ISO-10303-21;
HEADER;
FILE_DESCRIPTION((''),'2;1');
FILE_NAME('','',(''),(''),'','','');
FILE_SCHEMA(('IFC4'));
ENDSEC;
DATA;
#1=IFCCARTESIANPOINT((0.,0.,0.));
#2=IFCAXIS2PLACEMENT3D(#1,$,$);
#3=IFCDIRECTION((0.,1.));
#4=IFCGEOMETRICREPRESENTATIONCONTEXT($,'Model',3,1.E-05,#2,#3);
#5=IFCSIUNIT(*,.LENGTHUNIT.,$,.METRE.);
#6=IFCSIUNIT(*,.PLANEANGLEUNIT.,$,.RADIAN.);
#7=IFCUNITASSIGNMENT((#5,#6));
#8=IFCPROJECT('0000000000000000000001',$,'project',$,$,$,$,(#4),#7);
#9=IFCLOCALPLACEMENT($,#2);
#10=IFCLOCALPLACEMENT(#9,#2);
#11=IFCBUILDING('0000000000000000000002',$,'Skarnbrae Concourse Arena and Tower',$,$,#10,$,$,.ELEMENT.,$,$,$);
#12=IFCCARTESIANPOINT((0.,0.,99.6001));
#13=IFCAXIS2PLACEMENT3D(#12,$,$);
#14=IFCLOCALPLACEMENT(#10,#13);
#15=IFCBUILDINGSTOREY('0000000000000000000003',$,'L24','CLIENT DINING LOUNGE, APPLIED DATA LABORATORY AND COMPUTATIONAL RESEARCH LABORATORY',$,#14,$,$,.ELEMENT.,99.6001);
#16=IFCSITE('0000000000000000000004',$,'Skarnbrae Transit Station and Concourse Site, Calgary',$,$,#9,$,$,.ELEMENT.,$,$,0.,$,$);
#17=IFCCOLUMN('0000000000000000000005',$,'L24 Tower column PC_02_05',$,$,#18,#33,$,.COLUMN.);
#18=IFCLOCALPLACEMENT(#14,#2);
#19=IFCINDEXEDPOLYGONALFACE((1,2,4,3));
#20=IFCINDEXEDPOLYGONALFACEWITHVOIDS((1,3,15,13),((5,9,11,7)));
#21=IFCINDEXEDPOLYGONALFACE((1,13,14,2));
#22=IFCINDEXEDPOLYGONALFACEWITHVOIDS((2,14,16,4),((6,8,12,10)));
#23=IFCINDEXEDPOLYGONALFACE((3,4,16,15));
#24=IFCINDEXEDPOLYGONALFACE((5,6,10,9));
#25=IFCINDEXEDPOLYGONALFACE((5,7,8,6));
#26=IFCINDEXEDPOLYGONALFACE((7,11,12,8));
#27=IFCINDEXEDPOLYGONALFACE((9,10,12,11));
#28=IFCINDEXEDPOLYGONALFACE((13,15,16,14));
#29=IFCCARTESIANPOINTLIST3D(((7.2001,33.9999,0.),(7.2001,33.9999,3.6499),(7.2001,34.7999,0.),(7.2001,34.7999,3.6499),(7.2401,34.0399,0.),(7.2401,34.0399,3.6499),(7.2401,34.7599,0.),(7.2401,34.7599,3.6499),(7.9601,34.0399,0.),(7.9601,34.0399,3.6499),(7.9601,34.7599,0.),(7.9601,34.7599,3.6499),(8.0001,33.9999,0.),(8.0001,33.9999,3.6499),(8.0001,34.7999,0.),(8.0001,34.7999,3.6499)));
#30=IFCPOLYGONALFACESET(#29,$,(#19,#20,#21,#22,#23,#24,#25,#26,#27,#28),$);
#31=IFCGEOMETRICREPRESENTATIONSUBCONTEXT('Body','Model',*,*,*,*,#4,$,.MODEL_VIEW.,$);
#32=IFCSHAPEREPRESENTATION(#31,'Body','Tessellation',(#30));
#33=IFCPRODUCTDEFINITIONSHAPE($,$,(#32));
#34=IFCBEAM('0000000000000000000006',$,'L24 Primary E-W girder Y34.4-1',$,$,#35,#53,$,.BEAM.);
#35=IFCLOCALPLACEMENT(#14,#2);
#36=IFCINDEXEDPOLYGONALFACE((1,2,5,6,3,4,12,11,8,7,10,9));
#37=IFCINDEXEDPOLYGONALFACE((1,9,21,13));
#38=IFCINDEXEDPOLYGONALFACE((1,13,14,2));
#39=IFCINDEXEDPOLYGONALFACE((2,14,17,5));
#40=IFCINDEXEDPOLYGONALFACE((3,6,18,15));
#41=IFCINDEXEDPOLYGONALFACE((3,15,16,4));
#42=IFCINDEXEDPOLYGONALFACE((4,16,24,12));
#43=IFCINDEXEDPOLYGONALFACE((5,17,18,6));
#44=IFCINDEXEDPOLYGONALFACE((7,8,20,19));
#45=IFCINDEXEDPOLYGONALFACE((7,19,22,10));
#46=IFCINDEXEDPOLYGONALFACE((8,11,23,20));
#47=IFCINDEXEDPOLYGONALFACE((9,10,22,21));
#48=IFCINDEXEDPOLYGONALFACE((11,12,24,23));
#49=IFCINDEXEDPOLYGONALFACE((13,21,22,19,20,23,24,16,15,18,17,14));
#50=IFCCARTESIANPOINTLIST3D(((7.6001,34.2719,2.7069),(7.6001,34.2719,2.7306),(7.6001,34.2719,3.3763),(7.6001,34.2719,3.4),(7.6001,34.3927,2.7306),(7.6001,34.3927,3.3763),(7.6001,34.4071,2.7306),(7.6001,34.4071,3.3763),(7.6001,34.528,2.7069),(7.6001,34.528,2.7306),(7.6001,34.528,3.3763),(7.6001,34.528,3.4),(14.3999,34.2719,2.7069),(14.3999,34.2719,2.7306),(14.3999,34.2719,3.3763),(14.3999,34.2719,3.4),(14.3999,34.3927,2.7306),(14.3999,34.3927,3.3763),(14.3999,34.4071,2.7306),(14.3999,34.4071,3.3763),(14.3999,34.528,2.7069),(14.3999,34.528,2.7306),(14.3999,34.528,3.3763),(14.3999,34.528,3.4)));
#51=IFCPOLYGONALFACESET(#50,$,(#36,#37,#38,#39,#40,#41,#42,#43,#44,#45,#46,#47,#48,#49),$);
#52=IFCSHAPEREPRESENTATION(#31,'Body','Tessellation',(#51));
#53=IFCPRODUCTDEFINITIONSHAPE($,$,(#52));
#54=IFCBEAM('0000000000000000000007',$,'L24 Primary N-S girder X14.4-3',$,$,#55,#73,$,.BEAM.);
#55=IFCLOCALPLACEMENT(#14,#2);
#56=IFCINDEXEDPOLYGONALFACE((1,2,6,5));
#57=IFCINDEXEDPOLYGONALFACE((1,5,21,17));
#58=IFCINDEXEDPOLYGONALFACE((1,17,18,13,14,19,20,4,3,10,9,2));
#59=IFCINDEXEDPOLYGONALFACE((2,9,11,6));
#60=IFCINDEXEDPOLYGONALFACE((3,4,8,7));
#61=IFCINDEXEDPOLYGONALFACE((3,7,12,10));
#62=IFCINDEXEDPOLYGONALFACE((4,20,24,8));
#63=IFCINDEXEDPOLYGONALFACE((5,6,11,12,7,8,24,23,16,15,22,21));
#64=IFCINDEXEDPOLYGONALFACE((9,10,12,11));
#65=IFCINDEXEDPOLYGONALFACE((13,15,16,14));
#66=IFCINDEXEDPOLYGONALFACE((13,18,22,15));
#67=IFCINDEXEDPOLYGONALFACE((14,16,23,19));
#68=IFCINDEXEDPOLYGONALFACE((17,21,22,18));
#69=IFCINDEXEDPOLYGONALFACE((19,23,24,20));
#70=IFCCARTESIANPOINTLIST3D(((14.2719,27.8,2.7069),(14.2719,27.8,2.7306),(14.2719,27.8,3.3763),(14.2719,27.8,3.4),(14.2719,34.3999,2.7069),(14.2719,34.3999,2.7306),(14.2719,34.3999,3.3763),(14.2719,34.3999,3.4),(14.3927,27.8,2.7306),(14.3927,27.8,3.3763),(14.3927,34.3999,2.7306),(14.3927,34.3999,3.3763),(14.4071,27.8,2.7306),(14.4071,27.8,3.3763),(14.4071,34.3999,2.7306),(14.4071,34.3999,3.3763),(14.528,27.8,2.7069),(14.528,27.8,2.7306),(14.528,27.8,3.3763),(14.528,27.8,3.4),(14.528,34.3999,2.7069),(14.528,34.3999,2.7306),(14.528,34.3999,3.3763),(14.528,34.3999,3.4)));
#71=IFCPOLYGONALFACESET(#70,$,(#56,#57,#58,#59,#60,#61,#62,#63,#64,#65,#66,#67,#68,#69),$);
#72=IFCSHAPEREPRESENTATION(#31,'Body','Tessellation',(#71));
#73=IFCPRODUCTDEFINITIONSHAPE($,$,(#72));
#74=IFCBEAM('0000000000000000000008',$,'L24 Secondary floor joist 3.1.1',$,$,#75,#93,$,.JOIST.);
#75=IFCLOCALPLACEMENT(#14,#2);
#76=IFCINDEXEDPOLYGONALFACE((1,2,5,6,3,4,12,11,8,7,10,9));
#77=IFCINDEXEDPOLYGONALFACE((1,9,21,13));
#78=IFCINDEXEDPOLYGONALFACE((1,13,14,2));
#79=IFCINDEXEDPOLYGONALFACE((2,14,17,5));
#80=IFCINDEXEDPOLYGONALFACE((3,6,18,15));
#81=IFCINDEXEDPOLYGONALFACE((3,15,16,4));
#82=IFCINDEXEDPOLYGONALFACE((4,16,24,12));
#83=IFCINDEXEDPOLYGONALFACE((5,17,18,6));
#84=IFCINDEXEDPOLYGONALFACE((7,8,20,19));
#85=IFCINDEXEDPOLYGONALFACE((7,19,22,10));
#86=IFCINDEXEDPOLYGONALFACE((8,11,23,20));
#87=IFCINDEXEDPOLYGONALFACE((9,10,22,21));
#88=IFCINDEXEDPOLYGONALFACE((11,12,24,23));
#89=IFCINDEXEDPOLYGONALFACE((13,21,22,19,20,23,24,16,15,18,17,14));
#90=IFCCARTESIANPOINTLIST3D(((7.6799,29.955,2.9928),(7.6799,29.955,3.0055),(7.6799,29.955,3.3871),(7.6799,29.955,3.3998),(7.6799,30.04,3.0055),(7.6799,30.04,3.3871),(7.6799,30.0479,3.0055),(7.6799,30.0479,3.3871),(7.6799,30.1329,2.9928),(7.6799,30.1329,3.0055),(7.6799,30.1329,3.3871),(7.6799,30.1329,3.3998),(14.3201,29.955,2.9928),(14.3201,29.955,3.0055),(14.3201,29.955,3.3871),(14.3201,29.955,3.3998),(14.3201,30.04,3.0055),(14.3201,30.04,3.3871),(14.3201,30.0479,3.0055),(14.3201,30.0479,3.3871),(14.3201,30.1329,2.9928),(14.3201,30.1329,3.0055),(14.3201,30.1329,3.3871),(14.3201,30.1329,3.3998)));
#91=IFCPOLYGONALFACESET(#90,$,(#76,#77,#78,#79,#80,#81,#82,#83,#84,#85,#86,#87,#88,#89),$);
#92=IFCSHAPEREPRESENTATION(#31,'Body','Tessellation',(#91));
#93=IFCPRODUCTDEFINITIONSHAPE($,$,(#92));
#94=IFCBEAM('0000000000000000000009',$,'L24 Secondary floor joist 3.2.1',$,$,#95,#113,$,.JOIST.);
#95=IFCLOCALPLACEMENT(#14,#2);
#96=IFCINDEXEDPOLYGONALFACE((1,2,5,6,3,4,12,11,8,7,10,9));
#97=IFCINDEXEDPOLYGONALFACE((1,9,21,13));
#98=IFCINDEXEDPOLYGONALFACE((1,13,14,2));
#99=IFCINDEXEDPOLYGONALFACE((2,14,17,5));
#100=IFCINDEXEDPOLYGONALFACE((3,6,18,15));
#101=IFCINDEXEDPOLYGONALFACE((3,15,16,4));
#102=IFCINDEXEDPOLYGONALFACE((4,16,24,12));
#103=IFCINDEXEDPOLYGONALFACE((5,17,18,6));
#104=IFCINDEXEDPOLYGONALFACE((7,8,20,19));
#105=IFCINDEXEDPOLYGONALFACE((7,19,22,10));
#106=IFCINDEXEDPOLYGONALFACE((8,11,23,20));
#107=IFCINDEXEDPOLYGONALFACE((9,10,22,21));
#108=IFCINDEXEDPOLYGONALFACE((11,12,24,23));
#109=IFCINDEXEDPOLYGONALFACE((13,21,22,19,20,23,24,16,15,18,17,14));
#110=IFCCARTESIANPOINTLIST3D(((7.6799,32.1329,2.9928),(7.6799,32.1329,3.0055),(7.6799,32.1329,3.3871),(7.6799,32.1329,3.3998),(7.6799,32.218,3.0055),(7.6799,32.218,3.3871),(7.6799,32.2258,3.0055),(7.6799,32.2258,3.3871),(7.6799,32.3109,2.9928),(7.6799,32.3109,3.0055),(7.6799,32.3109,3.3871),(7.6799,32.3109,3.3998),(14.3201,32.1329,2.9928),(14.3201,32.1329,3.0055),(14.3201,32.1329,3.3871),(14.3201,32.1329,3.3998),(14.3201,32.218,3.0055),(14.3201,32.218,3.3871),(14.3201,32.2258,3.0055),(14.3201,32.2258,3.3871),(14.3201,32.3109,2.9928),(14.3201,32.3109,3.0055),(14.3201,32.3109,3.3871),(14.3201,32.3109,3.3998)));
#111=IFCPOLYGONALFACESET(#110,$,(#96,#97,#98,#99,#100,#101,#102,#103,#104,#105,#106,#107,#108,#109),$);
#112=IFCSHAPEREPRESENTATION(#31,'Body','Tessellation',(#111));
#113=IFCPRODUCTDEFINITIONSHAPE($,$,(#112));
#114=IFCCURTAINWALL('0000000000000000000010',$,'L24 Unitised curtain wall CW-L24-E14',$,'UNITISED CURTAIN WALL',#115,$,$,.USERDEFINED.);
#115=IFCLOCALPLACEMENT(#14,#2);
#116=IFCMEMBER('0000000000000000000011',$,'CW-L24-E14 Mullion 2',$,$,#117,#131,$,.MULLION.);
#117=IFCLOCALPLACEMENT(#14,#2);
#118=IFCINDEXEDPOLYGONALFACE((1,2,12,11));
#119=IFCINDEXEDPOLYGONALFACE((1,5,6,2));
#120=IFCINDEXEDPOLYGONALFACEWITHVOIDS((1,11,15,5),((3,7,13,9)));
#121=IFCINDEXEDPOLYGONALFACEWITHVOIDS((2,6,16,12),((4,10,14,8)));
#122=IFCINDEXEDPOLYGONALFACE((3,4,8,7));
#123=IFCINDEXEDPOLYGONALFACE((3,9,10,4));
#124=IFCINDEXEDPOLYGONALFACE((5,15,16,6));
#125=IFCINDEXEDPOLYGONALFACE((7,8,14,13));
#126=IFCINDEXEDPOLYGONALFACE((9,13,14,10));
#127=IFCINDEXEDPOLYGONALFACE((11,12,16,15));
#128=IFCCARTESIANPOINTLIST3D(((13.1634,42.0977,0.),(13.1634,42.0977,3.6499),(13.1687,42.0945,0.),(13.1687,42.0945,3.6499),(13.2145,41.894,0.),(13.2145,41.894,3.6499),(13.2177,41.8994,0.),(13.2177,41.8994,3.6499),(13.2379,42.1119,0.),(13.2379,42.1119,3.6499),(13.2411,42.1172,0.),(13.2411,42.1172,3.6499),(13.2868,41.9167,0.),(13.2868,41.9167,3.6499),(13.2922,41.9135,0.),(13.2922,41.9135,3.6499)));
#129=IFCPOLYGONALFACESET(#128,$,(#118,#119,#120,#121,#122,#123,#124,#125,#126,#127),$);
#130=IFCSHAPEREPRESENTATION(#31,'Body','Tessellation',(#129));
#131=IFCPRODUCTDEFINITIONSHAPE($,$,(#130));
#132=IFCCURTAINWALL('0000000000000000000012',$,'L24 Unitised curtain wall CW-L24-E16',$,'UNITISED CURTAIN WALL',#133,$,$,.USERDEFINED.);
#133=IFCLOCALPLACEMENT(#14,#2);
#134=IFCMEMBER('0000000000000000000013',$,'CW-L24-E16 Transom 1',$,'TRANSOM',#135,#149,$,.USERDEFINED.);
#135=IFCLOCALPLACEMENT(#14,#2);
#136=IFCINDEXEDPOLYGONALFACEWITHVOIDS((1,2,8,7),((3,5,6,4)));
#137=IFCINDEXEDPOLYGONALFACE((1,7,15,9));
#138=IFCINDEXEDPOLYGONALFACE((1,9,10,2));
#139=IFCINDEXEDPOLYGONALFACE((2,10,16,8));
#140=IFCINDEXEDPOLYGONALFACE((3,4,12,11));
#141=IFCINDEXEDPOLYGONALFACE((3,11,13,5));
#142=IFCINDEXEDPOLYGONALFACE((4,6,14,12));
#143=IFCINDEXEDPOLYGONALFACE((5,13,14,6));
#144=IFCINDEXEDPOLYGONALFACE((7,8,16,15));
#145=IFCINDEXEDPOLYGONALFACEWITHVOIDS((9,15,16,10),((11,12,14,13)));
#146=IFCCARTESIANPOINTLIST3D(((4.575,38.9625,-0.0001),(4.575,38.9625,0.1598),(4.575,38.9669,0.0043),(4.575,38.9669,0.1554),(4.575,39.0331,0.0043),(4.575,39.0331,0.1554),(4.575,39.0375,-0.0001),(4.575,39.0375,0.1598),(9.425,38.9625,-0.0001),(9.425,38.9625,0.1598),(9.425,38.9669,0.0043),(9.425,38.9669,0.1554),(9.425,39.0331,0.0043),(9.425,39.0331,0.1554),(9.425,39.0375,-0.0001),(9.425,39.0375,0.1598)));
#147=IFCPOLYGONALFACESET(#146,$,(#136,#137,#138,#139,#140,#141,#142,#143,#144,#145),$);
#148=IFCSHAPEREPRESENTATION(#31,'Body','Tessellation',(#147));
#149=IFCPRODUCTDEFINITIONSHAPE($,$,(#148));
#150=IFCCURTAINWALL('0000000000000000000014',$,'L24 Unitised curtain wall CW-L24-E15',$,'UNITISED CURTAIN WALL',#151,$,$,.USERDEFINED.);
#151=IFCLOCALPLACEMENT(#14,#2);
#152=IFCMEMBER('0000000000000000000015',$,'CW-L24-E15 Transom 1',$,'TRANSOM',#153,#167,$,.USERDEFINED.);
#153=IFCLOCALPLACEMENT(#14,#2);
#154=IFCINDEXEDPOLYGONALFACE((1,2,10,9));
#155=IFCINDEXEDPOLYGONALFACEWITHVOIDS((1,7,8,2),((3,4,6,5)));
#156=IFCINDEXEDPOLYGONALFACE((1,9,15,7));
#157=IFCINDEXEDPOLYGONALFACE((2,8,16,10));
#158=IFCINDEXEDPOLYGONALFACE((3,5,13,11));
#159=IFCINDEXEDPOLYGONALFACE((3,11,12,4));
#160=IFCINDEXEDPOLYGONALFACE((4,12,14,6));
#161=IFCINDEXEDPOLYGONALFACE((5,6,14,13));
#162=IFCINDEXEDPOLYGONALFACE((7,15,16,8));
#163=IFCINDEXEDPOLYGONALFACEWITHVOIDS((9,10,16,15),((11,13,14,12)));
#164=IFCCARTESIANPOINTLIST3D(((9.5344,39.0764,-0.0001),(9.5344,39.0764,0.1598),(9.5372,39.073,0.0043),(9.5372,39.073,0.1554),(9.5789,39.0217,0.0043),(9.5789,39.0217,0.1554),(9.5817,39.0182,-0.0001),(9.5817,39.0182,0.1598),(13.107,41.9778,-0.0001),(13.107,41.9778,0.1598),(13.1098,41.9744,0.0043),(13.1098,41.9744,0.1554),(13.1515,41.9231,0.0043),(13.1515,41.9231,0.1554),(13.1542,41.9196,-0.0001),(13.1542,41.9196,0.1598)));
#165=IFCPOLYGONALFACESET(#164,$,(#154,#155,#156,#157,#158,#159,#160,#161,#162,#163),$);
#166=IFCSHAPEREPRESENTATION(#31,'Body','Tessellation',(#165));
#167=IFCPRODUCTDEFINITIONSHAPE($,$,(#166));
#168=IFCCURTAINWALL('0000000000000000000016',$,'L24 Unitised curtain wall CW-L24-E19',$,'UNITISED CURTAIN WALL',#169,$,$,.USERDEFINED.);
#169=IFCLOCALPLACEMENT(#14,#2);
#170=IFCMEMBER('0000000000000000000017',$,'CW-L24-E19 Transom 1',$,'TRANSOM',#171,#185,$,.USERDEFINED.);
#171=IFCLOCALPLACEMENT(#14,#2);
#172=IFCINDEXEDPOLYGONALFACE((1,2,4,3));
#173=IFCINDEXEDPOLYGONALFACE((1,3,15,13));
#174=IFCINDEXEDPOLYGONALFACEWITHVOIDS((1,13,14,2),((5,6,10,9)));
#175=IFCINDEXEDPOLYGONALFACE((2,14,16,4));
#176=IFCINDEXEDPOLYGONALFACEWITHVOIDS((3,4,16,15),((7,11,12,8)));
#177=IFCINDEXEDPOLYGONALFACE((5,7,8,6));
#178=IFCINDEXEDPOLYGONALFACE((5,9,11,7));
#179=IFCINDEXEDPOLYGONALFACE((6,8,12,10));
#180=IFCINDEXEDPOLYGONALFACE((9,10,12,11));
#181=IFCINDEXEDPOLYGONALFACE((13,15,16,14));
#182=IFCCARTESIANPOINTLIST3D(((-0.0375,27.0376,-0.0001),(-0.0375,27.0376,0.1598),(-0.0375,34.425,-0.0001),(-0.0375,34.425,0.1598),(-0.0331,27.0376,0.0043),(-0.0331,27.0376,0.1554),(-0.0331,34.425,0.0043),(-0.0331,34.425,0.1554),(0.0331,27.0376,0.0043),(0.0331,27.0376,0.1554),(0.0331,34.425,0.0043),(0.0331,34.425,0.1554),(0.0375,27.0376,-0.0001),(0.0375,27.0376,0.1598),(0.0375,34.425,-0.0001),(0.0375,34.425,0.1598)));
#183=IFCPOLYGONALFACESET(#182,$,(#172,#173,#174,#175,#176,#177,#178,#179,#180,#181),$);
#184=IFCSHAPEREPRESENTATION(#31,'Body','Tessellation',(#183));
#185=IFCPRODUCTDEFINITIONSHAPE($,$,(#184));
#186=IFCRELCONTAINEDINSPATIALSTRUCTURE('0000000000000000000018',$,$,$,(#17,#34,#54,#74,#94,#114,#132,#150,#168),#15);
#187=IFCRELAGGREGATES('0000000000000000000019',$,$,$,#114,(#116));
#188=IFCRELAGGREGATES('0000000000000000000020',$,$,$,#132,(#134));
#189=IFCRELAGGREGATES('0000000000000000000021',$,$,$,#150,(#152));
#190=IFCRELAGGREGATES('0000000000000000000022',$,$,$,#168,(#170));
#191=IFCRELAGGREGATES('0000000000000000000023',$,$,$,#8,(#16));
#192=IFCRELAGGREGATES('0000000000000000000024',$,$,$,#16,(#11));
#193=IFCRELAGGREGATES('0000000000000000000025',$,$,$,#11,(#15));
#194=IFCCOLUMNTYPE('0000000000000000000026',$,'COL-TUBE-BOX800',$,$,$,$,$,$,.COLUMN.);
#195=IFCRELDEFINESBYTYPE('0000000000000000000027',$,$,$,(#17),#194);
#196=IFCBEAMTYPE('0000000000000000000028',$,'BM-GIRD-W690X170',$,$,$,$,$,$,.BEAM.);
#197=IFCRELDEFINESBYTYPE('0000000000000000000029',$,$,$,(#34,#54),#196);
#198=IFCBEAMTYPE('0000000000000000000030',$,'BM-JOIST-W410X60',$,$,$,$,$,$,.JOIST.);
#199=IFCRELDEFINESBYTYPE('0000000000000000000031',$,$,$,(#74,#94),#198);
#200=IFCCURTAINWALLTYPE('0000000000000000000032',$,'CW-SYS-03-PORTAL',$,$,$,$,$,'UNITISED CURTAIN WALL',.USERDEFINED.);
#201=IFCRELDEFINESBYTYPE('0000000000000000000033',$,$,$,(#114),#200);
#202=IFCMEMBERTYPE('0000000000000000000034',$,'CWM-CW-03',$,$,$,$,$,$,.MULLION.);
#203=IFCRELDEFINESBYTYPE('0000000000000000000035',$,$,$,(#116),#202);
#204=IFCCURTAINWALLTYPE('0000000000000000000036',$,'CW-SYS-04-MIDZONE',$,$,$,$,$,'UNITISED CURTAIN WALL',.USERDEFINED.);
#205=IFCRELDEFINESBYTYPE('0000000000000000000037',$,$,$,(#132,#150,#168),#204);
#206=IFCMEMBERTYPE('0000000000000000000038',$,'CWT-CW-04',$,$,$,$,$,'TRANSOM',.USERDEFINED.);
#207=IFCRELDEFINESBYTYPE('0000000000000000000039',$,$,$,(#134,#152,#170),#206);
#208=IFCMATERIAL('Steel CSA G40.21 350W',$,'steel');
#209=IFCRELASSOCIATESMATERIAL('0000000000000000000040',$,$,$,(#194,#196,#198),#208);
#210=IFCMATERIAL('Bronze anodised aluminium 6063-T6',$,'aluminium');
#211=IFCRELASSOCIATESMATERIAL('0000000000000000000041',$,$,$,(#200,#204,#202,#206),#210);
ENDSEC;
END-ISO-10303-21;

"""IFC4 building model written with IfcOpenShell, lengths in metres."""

from ifc_helpers import new_model, si_unit, direction, frame, origin, origin_2d, place, context, subcontext, project, spatial, hollow_rectangle, i_section, extrude, source, transform, mapped, material, material_profile, profile_set, type_object, element, aggregate, save


model = new_model("IFC4")

# Units and contexts
model_context = context("Model", 3, precision=1e-05, world=origin(), true_north=direction((0.0, 1.0)))
body_context = subcontext(model_context, "Body", "Model", "MODEL_VIEW")
ifc_project = project(units=[si_unit("LENGTHUNIT", "METRE"), si_unit("PLANEANGLEUNIT", "RADIAN")], contexts=[model_context])

# Site, building, storey
site_placement = place(None, origin())
site = spatial("IfcSite", under=ifc_project, at=site_placement, Name="Skarnbrae Transit Station and Concourse Site, Calgary", CompositionType="ELEMENT", RefElevation=0.0)
building_placement = place(site_placement, origin())
building = spatial("IfcBuilding", under=site, at=building_placement, Name="Skarnbrae Concourse Arena and Tower", CompositionType="ELEMENT")
storey_placement = place(building_placement, frame((0.0, 0.0, 99.6001)))
storey = spatial("IfcBuildingStorey", under=building, at=storey_placement, Name="L24", Description="CLIENT DINING LOUNGE, APPLIED DATA LABORATORY AND COMPUTATIONAL RESEARCH LABORATORY", CompositionType="ELEMENT", Elevation=99.6001)

# Column
ifc_material_1 = material(Name="Steel CSA G40.21 350W", Category="steel")
ifc_material_profile_1 = material_profile(ifc_material_1, hollow_rectangle(XDim=0.8, YDim=0.8, WallThickness=0.04, at=origin_2d()), Name="BOX800X800X40")
ifc_profile_set_1 = profile_set([ifc_material_profile_1], Name="Steel CSA G40.21 350W")
column_type = type_object("IfcColumnType", Name="COL-TUBE-BOX800", PredefinedType="COLUMN", material=ifc_profile_set_1)
shared_shape_1 = source(origin(), body_context, "Body", "SweptSolid", [
    extrude(hollow_rectangle(XDim=0.8, YDim=0.8, WallThickness=0.04, at=origin_2d()), origin(), (0.0, 0.0, 1.0), 3.6499),
])
column_placement = place(storey_placement, frame((7.6001, 34.3999, 0.0), z_axis=(0.0, 0.0, 1.0), x_axis=(1.0, 0.0, 0.0)))
element("IfcColumn", 1, at=column_placement, inside=storey, type_object=column_type, Name="L24 Tower column PC_02_05", PredefinedType="COLUMN", context=body_context, shape_type="MappedRepresentation", body=[
    mapped(shared_shape_1, transform((0.0, 0.0, 0.0))),
])

# Beams
ifc_material_profile_2 = material_profile(ifc_material_1, i_section(OverallWidth=0.2561, OverallDepth=0.6931, WebThickness=0.0144, FlangeThickness=0.0237, at=origin_2d()), Name="W690X170")
ifc_profile_set_2 = profile_set([ifc_material_profile_2], Name="Steel CSA G40.21 350W")
beam_type_1 = type_object("IfcBeamType", Name="BM-GIRD-W690X170", PredefinedType="BEAM", material=ifc_profile_set_2)
shared_shape_2 = source(origin(), body_context, "Body", "SweptSolid", [
    extrude(i_section(OverallWidth=0.2561, OverallDepth=0.6931, WebThickness=0.0144, FlangeThickness=0.0237, at=origin_2d()), origin(), (0.0, 0.0, 1.0), 6.7998),
])
beam_1_placement = place(storey_placement, frame((7.6001, 34.3999, 3.0535), z_axis=(1.0, 0.0, 0.0), x_axis=(0.0, 1.0, 0.0)))
element("IfcBeam", 2, at=beam_1_placement, inside=storey, type_object=beam_type_1, Name="L24 Primary E-W girder Y34.4-1", PredefinedType="BEAM", context=body_context, shape_type="MappedRepresentation", body=[
    mapped(shared_shape_2, transform((0.0, 0.0, 0.0))),
])
shared_shape_3 = source(origin(), body_context, "Body", "SweptSolid", [
    extrude(i_section(OverallWidth=0.2561, OverallDepth=0.6931, WebThickness=0.0144, FlangeThickness=0.0237, at=origin_2d()), origin(), (0.0, 0.0, 1.0), 6.5999),
])
beam_2_placement = place(storey_placement, frame((14.3999, 27.8, 3.0535), z_axis=(0.0, 1.0, 0.0), x_axis=(-1.0, 0.0, 0.0)))
element("IfcBeam", 3, at=beam_2_placement, inside=storey, type_object=beam_type_1, Name="L24 Primary N-S girder X14.4-3", PredefinedType="BEAM", context=body_context, shape_type="MappedRepresentation", body=[
    mapped(shared_shape_3, transform((0.0, 0.0, 0.0))),
])
ifc_material_profile_3 = material_profile(ifc_material_1, i_section(OverallWidth=0.178, OverallDepth=0.407, WebThickness=0.0078, FlangeThickness=0.0127, at=origin_2d()), Name="W410X60")
ifc_profile_set_3 = profile_set([ifc_material_profile_3], Name="Steel CSA G40.21 350W")
beam_type_2 = type_object("IfcBeamType", Name="BM-JOIST-W410X60", PredefinedType="JOIST", material=ifc_profile_set_3)
shared_shape_4 = source(origin(), body_context, "Body", "SweptSolid", [
    extrude(i_section(OverallWidth=0.178, OverallDepth=0.407, WebThickness=0.0078, FlangeThickness=0.0127, at=origin_2d()), origin(), (0.0, 0.0, 1.0), 6.6401),
])
for number, where, z_axis, x_axis, name in (
    (4, (7.6799, 30.0439, 3.1963), (1.0, 0.0, 0.0), (0.0, 1.0, 0.0), "L24 Secondary floor joist 3.1.1"),
    (5, (7.6799, 32.2219, 3.1963), (1.0, 0.0, 0.0), (0.0, 1.0, 0.0), "L24 Secondary floor joist 3.2.1"),
):
    element("IfcBeam", number, at=place(storey_placement, frame(where, z_axis=z_axis, x_axis=x_axis)), inside=storey, type_object=beam_type_2, Name=name, PredefinedType="JOIST", context=body_context, shape_type="MappedRepresentation", body=[
        mapped(shared_shape_4, transform((0.0, 0.0, 0.0))),
    ])

# Curtain walls, members
ifc_material_2 = material(Name="Bronze anodised aluminium 6063-T6", Category="aluminium")
curtain_wall_type_1 = type_object("IfcCurtainWallType", Name="CW-SYS-03-PORTAL", ElementType="UNITISED CURTAIN WALL", PredefinedType="USERDEFINED", material=ifc_material_2)
curtain_wall_1_placement = place(storey_placement, origin())
curtain_wall_1 = element("IfcCurtainWall", 6, at=curtain_wall_1_placement, inside=storey, type_object=curtain_wall_type_1, Name="L24 Unitised curtain wall CW-L24-E14", ObjectType="UNITISED CURTAIN WALL", PredefinedType="USERDEFINED")
ifc_material_profile_4 = material_profile(ifc_material_2, hollow_rectangle(XDim=0.0801, YDim=0.21, WallThickness=0.0044, at=origin_2d()), Name="ALU-MULL-80X210")
ifc_profile_set_4 = profile_set([ifc_material_profile_4], Name="Bronze anodised aluminium 6063-T6")
member_type_1 = type_object("IfcMemberType", Name="CWM-CW-03", PredefinedType="MULLION", material=ifc_profile_set_4)
shared_shape_5 = source(origin(), body_context, "Body", "SweptSolid", [
    extrude(hollow_rectangle(XDim=0.0801, YDim=0.21, WallThickness=0.0044, at=origin_2d()), origin(), (0.0, 0.0, 1.0), 3.6499),
])
member_1_placement = place(storey_placement, frame((13.2278, 42.0056, 0.0), z_axis=(0.0, 0.0, 1.0), x_axis=(-0.969903, -0.243491, 0.0)))
member_1 = element("IfcMember", 7, at=member_1_placement, type_object=member_type_1, Name="CW-L24-E14 Mullion 2", PredefinedType="MULLION", context=body_context, shape_type="MappedRepresentation", body=[
    mapped(shared_shape_5, transform((0.0, 0.0, 0.0))),
])
aggregate(curtain_wall_1, [member_1])
curtain_wall_type_2 = type_object("IfcCurtainWallType", Name="CW-SYS-04-MIDZONE", ElementType="UNITISED CURTAIN WALL", PredefinedType="USERDEFINED", material=ifc_material_2)
curtain_wall_2_placement = place(storey_placement, origin())
curtain_wall_2 = element("IfcCurtainWall", 8, at=curtain_wall_2_placement, inside=storey, type_object=curtain_wall_type_2, Name="L24 Unitised curtain wall CW-L24-E16", ObjectType="UNITISED CURTAIN WALL", PredefinedType="USERDEFINED")
ifc_material_profile_5 = material_profile(ifc_material_2, hollow_rectangle(XDim=0.075, YDim=0.1599, WallThickness=0.0044, at=origin_2d()), Name="ALU-TRAN-75X160")
ifc_profile_set_5 = profile_set([ifc_material_profile_5], Name="Bronze anodised aluminium 6063-T6")
member_type_2 = type_object("IfcMemberType", Name="CWT-CW-04", ElementType="TRANSOM", PredefinedType="USERDEFINED", material=ifc_profile_set_5)
shared_shape_6 = source(origin(), body_context, "Body", "SweptSolid", [
    extrude(hollow_rectangle(XDim=0.075, YDim=0.1599, WallThickness=0.0044, at=origin_2d()), origin(), (0.0, 0.0, 1.0), 4.8501),
])
member_2_placement = place(storey_placement, frame((9.425, 39.0, 0.0798), z_axis=(-1.0, 0.0, 0.0), x_axis=(0.0, -1.0, 0.0)))
member_2 = element("IfcMember", 9, at=member_2_placement, type_object=member_type_2, Name="CW-L24-E16 Transom 1", ObjectType="TRANSOM", PredefinedType="USERDEFINED", context=body_context, shape_type="MappedRepresentation", body=[
    mapped(shared_shape_6, transform((0.0, 0.0, 0.0))),
])
curtain_wall_3_placement = place(storey_placement, origin())
curtain_wall_3 = element("IfcCurtainWall", 10, at=curtain_wall_3_placement, inside=storey, type_object=curtain_wall_type_2, Name="L24 Unitised curtain wall CW-L24-E15", ObjectType="UNITISED CURTAIN WALL", PredefinedType="USERDEFINED")
shared_shape_7 = source(origin(), body_context, "Body", "SweptSolid", [
    extrude(hollow_rectangle(XDim=0.075, YDim=0.1599, WallThickness=0.0044, at=origin_2d()), origin(), (0.0, 0.0, 1.0), 4.6023),
])
member_3_placement = place(storey_placement, frame((13.1306, 41.9487, 0.0798), z_axis=(-0.776252, -0.630423, 0.0), x_axis=(0.630423, -0.776252, 0.0)))
member_3 = element("IfcMember", 11, at=member_3_placement, type_object=member_type_2, Name="CW-L24-E15 Transom 1", ObjectType="TRANSOM", PredefinedType="USERDEFINED", context=body_context, shape_type="MappedRepresentation", body=[
    mapped(shared_shape_7, transform((0.0, 0.0, 0.0))),
])
curtain_wall_4_placement = place(storey_placement, origin())
curtain_wall_4 = element("IfcCurtainWall", 12, at=curtain_wall_4_placement, inside=storey, type_object=curtain_wall_type_2, Name="L24 Unitised curtain wall CW-L24-E19", ObjectType="UNITISED CURTAIN WALL", PredefinedType="USERDEFINED")
shared_shape_8 = source(origin(), body_context, "Body", "SweptSolid", [
    extrude(hollow_rectangle(XDim=0.075, YDim=0.1599, WallThickness=0.0044, at=origin_2d()), origin(), (0.0, 0.0, 1.0), 7.3875),
])
member_4_placement = place(storey_placement, frame((0.0, 34.425, 0.0798), z_axis=(0.0, -1.0, 0.0), x_axis=(1.0, 0.0, 0.0)))
member_4 = element("IfcMember", 13, at=member_4_placement, type_object=member_type_2, Name="CW-L24-E19 Transom 1", ObjectType="TRANSOM", PredefinedType="USERDEFINED", context=body_context, shape_type="MappedRepresentation", body=[
    mapped(shared_shape_8, transform((0.0, 0.0, 0.0))),
])

aggregate(curtain_wall_2, [member_2])
aggregate(curtain_wall_3, [member_3])
aggregate(curtain_wall_4, [member_4])

save(model, "model.ifc")
